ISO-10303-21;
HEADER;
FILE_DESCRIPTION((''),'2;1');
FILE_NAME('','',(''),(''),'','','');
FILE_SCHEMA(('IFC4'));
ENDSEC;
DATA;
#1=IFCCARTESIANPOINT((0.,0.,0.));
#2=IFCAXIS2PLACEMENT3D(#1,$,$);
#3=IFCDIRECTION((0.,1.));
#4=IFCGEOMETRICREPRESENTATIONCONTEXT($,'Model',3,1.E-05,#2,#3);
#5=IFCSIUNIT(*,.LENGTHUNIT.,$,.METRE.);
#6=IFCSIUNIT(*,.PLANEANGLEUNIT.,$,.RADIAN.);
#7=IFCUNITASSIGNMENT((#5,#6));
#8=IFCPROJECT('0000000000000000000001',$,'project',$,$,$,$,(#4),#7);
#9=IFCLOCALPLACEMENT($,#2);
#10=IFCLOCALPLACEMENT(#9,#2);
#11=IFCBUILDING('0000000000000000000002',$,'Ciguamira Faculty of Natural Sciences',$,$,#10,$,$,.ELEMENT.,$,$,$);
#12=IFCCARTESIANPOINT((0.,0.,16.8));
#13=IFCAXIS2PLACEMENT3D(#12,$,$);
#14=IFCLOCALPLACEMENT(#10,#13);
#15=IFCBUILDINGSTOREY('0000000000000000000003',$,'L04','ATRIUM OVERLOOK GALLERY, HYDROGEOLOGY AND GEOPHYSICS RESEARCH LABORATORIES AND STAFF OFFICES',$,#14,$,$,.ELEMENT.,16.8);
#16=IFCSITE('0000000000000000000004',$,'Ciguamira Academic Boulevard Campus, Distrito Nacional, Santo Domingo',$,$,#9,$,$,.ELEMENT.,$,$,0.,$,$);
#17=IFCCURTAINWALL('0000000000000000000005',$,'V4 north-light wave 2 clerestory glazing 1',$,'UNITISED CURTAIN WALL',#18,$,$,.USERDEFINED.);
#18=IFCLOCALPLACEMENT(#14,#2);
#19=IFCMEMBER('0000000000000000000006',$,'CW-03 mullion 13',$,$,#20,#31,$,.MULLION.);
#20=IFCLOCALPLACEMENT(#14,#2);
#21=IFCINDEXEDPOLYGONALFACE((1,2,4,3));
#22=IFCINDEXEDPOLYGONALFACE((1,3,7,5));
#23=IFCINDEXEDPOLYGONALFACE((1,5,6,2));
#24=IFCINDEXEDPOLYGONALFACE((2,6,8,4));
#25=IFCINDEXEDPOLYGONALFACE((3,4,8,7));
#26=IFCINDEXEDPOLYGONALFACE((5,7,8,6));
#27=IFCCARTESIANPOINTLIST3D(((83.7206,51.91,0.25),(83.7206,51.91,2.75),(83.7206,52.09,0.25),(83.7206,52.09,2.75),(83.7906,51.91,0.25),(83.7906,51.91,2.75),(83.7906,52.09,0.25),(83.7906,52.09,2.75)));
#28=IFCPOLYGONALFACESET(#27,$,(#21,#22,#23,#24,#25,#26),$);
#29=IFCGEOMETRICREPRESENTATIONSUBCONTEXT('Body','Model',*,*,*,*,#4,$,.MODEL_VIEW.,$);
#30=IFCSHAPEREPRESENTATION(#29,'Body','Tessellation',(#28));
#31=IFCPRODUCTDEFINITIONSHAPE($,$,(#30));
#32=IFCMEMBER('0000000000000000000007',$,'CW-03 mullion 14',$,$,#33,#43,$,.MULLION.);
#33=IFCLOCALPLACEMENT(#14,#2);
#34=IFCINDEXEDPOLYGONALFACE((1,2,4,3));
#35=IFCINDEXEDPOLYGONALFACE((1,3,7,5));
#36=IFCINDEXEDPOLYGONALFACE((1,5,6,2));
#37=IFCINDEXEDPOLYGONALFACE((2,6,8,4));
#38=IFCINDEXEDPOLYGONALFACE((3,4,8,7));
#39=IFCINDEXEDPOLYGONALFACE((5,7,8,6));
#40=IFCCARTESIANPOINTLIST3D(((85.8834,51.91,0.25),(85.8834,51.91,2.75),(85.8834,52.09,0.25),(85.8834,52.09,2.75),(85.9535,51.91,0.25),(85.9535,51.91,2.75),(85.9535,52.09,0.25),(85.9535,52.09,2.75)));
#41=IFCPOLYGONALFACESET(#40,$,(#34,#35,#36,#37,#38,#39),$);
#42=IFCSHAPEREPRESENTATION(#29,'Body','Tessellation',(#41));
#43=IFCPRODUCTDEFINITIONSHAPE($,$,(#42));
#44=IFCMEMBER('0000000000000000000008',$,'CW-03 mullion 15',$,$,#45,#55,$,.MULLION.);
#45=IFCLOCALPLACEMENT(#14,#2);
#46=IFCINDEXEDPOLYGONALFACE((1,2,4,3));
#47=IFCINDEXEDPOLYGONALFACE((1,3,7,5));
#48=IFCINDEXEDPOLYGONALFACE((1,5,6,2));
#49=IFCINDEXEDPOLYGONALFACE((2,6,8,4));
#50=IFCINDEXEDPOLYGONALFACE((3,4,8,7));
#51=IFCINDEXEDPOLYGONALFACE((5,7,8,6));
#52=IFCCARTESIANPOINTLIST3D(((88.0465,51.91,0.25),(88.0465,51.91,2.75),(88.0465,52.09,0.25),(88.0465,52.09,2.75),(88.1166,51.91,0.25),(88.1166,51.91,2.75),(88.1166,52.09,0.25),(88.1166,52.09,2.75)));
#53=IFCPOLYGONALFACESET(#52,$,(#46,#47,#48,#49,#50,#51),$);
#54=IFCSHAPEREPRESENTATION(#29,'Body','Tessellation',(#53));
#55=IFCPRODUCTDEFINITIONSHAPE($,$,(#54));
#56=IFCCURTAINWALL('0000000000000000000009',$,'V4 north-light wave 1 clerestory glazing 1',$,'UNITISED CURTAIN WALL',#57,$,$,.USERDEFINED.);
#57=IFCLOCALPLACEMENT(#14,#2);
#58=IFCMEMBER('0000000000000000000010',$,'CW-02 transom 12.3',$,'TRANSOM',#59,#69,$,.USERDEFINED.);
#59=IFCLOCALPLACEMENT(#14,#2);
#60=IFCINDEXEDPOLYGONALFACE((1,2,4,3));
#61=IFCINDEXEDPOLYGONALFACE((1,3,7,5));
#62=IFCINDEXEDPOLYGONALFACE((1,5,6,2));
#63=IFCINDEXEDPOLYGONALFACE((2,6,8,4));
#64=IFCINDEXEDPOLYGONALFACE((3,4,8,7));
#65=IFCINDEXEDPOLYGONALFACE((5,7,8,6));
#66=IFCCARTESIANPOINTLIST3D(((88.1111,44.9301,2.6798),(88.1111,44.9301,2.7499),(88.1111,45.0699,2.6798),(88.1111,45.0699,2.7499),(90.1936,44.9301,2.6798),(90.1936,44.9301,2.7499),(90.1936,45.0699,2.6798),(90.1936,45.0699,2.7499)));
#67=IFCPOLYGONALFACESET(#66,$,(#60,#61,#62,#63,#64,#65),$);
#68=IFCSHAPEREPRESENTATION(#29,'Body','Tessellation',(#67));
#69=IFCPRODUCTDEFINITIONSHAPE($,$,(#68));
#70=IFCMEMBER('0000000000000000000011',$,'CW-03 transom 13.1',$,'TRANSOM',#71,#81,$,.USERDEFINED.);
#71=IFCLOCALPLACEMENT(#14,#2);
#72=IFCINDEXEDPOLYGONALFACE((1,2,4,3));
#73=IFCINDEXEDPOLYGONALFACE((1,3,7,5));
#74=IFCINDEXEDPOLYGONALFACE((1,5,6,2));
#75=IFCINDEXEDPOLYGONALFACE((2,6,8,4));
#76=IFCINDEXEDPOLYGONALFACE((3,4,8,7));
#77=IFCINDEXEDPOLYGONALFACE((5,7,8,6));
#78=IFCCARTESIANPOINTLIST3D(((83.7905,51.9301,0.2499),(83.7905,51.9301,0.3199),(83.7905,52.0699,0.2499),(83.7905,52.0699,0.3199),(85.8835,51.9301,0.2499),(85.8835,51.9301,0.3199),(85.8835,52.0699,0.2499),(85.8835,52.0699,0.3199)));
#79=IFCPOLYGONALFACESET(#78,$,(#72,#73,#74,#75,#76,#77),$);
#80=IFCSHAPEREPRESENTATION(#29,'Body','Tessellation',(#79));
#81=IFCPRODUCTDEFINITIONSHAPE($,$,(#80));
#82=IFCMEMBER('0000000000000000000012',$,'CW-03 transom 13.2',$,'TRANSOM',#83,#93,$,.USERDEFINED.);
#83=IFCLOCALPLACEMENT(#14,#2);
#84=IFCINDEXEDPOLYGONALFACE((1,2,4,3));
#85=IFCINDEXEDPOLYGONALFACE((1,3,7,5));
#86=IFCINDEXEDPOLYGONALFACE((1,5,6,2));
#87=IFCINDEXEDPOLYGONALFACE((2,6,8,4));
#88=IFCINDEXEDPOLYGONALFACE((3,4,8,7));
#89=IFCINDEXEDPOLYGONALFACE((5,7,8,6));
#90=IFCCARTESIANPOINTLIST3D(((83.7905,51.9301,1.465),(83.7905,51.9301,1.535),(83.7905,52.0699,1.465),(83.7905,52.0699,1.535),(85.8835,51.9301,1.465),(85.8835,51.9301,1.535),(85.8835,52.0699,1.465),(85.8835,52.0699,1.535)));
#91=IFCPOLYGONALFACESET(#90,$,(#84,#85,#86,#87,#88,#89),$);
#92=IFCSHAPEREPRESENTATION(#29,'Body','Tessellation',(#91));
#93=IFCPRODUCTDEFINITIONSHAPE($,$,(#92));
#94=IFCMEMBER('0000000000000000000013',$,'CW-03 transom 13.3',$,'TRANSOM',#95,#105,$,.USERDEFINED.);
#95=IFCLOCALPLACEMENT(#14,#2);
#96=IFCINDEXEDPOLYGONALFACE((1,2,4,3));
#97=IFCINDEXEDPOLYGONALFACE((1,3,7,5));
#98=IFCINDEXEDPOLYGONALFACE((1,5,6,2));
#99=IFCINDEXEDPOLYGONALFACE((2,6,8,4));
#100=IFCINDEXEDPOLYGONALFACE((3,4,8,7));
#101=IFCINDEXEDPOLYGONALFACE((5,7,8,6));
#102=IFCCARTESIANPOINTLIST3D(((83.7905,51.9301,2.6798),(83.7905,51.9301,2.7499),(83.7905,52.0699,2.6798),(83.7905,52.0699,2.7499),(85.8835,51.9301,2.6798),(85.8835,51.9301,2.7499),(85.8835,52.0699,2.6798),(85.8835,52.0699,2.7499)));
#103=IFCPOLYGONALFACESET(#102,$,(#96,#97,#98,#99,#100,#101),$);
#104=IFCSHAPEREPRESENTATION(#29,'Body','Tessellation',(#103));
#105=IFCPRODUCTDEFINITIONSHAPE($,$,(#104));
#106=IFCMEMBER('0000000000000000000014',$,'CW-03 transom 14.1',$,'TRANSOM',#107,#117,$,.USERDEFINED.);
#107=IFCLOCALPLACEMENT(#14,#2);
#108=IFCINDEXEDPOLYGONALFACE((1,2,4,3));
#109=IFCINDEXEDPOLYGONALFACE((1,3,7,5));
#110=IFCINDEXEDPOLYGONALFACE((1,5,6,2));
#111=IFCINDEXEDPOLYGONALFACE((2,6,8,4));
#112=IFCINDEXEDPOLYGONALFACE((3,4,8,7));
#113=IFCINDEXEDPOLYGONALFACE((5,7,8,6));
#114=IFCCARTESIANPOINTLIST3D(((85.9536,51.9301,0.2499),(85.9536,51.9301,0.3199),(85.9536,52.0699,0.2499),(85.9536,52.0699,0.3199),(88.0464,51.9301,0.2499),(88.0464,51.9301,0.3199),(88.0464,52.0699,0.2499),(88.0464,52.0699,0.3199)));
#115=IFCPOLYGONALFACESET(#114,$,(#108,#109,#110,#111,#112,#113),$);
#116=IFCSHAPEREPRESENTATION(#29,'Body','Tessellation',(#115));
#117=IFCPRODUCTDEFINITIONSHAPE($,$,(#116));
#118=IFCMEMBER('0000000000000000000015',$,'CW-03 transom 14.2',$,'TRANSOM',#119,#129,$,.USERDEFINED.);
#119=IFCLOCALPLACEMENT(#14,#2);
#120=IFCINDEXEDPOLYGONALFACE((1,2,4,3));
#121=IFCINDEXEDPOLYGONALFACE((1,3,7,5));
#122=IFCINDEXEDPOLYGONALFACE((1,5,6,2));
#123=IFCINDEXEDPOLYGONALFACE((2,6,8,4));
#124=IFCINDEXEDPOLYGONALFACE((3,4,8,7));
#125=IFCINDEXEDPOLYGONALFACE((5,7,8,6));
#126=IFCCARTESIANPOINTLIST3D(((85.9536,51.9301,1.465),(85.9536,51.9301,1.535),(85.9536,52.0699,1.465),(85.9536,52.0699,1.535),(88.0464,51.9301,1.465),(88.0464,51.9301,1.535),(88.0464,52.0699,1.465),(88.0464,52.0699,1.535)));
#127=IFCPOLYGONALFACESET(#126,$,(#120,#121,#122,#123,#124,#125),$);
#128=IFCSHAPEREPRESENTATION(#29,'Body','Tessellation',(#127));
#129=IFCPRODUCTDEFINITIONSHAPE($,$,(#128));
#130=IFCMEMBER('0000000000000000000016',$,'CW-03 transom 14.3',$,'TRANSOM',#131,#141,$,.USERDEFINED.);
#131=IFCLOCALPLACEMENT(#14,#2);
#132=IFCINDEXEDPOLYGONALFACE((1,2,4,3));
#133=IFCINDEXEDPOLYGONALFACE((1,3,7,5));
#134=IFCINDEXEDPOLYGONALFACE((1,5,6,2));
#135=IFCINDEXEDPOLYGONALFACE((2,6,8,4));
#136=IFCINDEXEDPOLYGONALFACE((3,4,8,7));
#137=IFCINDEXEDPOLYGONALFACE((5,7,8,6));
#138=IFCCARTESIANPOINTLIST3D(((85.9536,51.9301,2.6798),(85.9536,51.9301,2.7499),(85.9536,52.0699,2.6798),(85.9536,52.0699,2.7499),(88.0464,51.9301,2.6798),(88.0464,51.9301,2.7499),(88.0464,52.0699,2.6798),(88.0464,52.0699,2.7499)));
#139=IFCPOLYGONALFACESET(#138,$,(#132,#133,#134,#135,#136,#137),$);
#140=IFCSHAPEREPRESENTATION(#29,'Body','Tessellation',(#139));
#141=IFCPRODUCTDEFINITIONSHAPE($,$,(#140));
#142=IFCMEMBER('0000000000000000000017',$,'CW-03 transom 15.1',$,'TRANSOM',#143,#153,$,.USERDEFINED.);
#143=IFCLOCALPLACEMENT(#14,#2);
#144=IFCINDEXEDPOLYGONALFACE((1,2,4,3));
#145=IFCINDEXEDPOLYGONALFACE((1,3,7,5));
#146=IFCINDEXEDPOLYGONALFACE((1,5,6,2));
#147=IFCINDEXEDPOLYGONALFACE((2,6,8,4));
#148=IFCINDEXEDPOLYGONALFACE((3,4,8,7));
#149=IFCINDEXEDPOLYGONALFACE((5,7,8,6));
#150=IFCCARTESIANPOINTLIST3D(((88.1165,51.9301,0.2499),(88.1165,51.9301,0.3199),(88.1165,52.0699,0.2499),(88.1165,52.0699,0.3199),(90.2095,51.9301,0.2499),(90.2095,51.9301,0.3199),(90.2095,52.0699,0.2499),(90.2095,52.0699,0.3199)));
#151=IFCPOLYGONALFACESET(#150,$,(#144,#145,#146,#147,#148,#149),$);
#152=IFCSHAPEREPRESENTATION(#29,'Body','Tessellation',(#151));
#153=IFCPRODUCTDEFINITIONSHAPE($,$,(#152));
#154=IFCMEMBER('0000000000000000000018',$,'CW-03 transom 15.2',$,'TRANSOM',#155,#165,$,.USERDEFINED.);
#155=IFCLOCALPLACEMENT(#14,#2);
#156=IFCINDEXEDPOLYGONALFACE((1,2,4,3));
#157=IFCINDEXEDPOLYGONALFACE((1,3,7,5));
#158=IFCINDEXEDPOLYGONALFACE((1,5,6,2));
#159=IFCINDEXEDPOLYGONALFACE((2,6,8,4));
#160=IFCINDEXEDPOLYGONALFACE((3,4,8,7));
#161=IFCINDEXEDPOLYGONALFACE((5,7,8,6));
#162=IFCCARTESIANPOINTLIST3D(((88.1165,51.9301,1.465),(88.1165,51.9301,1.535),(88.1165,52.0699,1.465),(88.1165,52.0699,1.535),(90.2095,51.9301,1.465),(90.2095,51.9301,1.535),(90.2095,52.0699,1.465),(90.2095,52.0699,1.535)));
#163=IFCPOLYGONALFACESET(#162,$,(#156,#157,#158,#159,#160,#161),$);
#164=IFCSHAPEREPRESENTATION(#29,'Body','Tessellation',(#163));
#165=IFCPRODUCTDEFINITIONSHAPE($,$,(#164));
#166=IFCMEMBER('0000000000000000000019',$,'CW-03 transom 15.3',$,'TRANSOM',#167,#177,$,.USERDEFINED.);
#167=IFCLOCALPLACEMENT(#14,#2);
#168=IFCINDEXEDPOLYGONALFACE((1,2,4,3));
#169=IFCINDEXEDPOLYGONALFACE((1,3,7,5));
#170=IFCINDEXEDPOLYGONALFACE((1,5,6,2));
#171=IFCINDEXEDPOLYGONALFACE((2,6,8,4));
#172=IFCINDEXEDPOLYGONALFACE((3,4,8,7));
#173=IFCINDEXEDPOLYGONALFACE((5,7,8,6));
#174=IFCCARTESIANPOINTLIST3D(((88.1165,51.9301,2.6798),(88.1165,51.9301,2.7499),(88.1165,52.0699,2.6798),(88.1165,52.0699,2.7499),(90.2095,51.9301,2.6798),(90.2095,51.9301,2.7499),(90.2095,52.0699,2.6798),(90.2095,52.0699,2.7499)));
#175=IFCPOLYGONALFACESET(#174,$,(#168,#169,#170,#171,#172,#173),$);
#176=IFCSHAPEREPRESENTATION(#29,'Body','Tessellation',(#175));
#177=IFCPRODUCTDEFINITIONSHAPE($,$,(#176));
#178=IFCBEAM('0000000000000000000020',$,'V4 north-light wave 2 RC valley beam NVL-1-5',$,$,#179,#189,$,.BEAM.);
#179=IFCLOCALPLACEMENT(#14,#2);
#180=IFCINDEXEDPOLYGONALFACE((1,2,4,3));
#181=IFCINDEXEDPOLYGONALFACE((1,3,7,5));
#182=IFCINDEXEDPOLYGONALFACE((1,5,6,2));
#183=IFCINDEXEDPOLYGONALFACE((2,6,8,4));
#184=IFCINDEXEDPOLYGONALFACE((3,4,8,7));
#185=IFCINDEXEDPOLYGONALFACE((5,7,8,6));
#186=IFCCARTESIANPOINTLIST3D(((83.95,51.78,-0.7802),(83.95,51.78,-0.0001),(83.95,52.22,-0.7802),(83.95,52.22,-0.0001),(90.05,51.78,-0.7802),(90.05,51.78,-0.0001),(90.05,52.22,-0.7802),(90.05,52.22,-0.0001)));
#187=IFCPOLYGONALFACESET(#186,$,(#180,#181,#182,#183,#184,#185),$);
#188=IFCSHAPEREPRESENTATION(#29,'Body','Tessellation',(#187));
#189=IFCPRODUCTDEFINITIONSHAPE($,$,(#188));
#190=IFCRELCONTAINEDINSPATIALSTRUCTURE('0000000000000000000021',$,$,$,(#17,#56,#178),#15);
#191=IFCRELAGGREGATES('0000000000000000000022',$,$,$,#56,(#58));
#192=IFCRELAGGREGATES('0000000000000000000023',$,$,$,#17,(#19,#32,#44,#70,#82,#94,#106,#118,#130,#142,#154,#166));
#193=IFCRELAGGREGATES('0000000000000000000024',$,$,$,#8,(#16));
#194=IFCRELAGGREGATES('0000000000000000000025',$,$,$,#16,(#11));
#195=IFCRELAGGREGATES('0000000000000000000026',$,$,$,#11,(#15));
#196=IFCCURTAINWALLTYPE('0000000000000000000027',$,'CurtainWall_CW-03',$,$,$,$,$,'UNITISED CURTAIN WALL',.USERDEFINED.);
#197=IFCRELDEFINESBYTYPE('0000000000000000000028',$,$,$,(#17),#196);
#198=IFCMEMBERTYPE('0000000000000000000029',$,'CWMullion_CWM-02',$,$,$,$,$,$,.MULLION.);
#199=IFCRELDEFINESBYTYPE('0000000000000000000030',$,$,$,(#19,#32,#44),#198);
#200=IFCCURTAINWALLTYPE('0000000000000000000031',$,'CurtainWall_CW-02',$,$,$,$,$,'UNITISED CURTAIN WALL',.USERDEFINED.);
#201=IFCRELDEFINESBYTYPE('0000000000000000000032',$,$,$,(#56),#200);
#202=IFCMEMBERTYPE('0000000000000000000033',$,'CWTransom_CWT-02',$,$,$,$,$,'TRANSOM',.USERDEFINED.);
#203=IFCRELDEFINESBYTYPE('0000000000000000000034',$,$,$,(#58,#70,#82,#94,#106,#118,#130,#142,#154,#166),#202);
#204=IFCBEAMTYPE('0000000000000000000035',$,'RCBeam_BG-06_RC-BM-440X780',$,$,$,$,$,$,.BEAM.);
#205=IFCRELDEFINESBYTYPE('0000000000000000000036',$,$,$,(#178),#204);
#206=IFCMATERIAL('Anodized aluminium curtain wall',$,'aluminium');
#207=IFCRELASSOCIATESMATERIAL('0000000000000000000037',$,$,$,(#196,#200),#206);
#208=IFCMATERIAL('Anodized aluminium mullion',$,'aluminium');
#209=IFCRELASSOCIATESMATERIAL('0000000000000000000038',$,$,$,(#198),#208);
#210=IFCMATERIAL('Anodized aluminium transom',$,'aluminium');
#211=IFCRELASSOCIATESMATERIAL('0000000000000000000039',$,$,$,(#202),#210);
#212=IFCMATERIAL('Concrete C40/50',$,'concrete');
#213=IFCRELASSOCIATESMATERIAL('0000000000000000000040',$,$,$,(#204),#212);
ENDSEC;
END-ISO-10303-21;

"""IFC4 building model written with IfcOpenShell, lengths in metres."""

from ifc_helpers import new_model, si_unit, direction, frame, origin, origin_2d, place, context, subcontext, project, spatial, rectangle, extrude, material, material_profile, profile_set, type_object, element, aggregate, save


model = new_model("IFC4")

# Units and contexts
model_context = context("Model", 3, precision=1e-05, world=origin(), true_north=direction((0.0, 1.0)))
body_context = subcontext(model_context, "Body", "Model", "MODEL_VIEW")
ifc_project = project(units=[si_unit("LENGTHUNIT", "METRE"), si_unit("PLANEANGLEUNIT", "RADIAN")], contexts=[model_context])

# Site, building, storey
site_placement = place(None, origin())
site = spatial("IfcSite", under=ifc_project, at=site_placement, Name="Ciguamira Academic Boulevard Campus, Distrito Nacional, Santo Domingo", CompositionType="ELEMENT", RefElevation=0.0)
building_placement = place(site_placement, origin())
building = spatial("IfcBuilding", under=site, at=building_placement, Name="Ciguamira Faculty of Natural Sciences", CompositionType="ELEMENT")
storey_placement = place(building_placement, frame((0.0, 0.0, 16.8)))
storey = spatial("IfcBuildingStorey", under=building, at=storey_placement, Name="L04", Description="ATRIUM OVERLOOK GALLERY, HYDROGEOLOGY AND GEOPHYSICS RESEARCH LABORATORIES AND STAFF OFFICES", CompositionType="ELEMENT", Elevation=16.8)

# Curtain wall, members
ifc_material_1 = material(Name="Anodized aluminium curtain wall", Category="aluminium")
curtain_wall_type_1 = type_object("IfcCurtainWallType", Name="CurtainWall_CW-03", ElementType="UNITISED CURTAIN WALL", PredefinedType="USERDEFINED", material=ifc_material_1)
curtain_wall_1_placement = place(storey_placement, origin())
curtain_wall_1 = element("IfcCurtainWall", 1, at=curtain_wall_1_placement, inside=storey, type_object=curtain_wall_type_1, Name="V4 north-light wave 2 clerestory glazing 1", ObjectType="UNITISED CURTAIN WALL", PredefinedType="USERDEFINED")
ifc_material_2 = material(Name="Anodized aluminium mullion", Category="aluminium")
ifc_material_profile_1 = material_profile(ifc_material_2, rectangle(XDim=0.0701, YDim=0.1799, at=origin_2d()), Name="ALU-MUL-70X180")
ifc_profile_set_1 = profile_set([ifc_material_profile_1], Name="Anodized aluminium mullion")
member_type_1 = type_object("IfcMemberType", Name="CWMullion_CWM-02", PredefinedType="MULLION", material=ifc_profile_set_1)
member_1_placement = place(storey_placement, frame((83.7556, 52.0, 0.25), z_axis=(0.0, 0.0, 1.0), x_axis=(1.0, 0.0, 0.0)))
member_1 = element("IfcMember", 2, at=member_1_placement, type_object=member_type_1, Name="CW-03 mullion 13", PredefinedType="MULLION", context=body_context, shape_type="SweptSolid", body=[
    extrude(rectangle(XDim=0.0701, YDim=0.1799, at=origin_2d()), origin(), (0.0, 0.0, 1.0), 2.5),
])
member_2_placement = place(storey_placement, frame((85.9185, 52.0, 0.25), z_axis=(0.0, 0.0, 1.0), x_axis=(1.0, 0.0, 0.0)))
member_2 = element("IfcMember", 3, at=member_2_placement, type_object=member_type_1, Name="CW-03 mullion 14", PredefinedType="MULLION", context=body_context, shape_type="SweptSolid", body=[
    extrude(rectangle(XDim=0.0701, YDim=0.1799, at=origin_2d()), origin(), (0.0, 0.0, 1.0), 2.5),
])
member_3_placement = place(storey_placement, frame((88.0815, 52.0, 0.25), z_axis=(0.0, 0.0, 1.0), x_axis=(1.0, 0.0, 0.0)))
member_3 = element("IfcMember", 4, at=member_3_placement, type_object=member_type_1, Name="CW-03 mullion 15", PredefinedType="MULLION", context=body_context, shape_type="SweptSolid", body=[
    extrude(rectangle(XDim=0.0701, YDim=0.1799, at=origin_2d()), origin(), (0.0, 0.0, 1.0), 2.5),
])

# Curtain wall, member
curtain_wall_type_2 = type_object("IfcCurtainWallType", Name="CurtainWall_CW-02", ElementType="UNITISED CURTAIN WALL", PredefinedType="USERDEFINED", material=ifc_material_1)
curtain_wall_2_placement = place(storey_placement, origin())
curtain_wall_2 = element("IfcCurtainWall", 5, at=curtain_wall_2_placement, inside=storey, type_object=curtain_wall_type_2, Name="V4 north-light wave 1 clerestory glazing 1", ObjectType="UNITISED CURTAIN WALL", PredefinedType="USERDEFINED")
ifc_material_3 = material(Name="Anodized aluminium transom", Category="aluminium")
ifc_material_profile_2 = material_profile(ifc_material_3, rectangle(XDim=0.0701, YDim=0.1399, at=origin_2d()), Name="ALU-TRN-70X140")
ifc_profile_set_2 = profile_set([ifc_material_profile_2], Name="Anodized aluminium transom")
member_type_2 = type_object("IfcMemberType", Name="CWTransom_CWT-02", ElementType="TRANSOM", PredefinedType="USERDEFINED", material=ifc_profile_set_2)
member_4_placement = place(storey_placement, frame((88.1111, 45.0, 2.7148), z_axis=(1.0, 0.0, 0.0), x_axis=(0.0, 0.0, 1.0)))
member_4 = element("IfcMember", 6, at=member_4_placement, type_object=member_type_2, Name="CW-02 transom 12.3", ObjectType="TRANSOM", PredefinedType="USERDEFINED", context=body_context, shape_type="SweptSolid", body=[
    extrude(rectangle(XDim=0.0701, YDim=0.1399, at=origin_2d()), origin(), (0.0, 0.0, 1.0), 2.0825),
])
aggregate(curtain_wall_2, [member_4])

# Members
member_5_placement = place(storey_placement, frame((83.7905, 52.0, 0.2849), z_axis=(1.0, 0.0, 0.0), x_axis=(0.0, 0.0, 1.0)))
member_5 = element("IfcMember", 7, at=member_5_placement, type_object=member_type_2, Name="CW-03 transom 13.1", ObjectType="TRANSOM", PredefinedType="USERDEFINED", context=body_context, shape_type="SweptSolid", body=[
    extrude(rectangle(XDim=0.0701, YDim=0.1399, at=origin_2d()), origin(), (0.0, 0.0, 1.0), 2.093),
])
member_6_placement = place(storey_placement, frame((83.7905, 52.0, 1.5), z_axis=(1.0, 0.0, 0.0), x_axis=(0.0, 0.0, 1.0)))
member_6 = element("IfcMember", 8, at=member_6_placement, type_object=member_type_2, Name="CW-03 transom 13.2", ObjectType="TRANSOM", PredefinedType="USERDEFINED", context=body_context, shape_type="SweptSolid", body=[
    extrude(rectangle(XDim=0.0701, YDim=0.1399, at=origin_2d()), origin(), (0.0, 0.0, 1.0), 2.093),
])
member_7_placement = place(storey_placement, frame((83.7905, 52.0, 2.7148), z_axis=(1.0, 0.0, 0.0), x_axis=(0.0, 0.0, 1.0)))
member_7 = element("IfcMember", 9, at=member_7_placement, type_object=member_type_2, Name="CW-03 transom 13.3", ObjectType="TRANSOM", PredefinedType="USERDEFINED", context=body_context, shape_type="SweptSolid", body=[
    extrude(rectangle(XDim=0.0701, YDim=0.1399, at=origin_2d()), origin(), (0.0, 0.0, 1.0), 2.093),
])
member_8_placement = place(storey_placement, frame((85.9536, 52.0, 0.2849), z_axis=(1.0, 0.0, 0.0), x_axis=(0.0, 0.0, 1.0)))
member_8 = element("IfcMember", 10, at=member_8_placement, type_object=member_type_2, Name="CW-03 transom 14.1", ObjectType="TRANSOM", PredefinedType="USERDEFINED", context=body_context, shape_type="SweptSolid", body=[
    extrude(rectangle(XDim=0.0701, YDim=0.1399, at=origin_2d()), origin(), (0.0, 0.0, 1.0), 2.0928),
])
member_9_placement = place(storey_placement, frame((85.9536, 52.0, 1.5), z_axis=(1.0, 0.0, 0.0), x_axis=(0.0, 0.0, 1.0)))
member_9 = element("IfcMember", 11, at=member_9_placement, type_object=member_type_2, Name="CW-03 transom 14.2", ObjectType="TRANSOM", PredefinedType="USERDEFINED", context=body_context, shape_type="SweptSolid", body=[
    extrude(rectangle(XDim=0.0701, YDim=0.1399, at=origin_2d()), origin(), (0.0, 0.0, 1.0), 2.0928),
])
member_10_placement = place(storey_placement, frame((85.9536, 52.0, 2.7148), z_axis=(1.0, 0.0, 0.0), x_axis=(0.0, 0.0, 1.0)))
member_10 = element("IfcMember", 12, at=member_10_placement, type_object=member_type_2, Name="CW-03 transom 14.3", ObjectType="TRANSOM", PredefinedType="USERDEFINED", context=body_context, shape_type="SweptSolid", body=[
    extrude(rectangle(XDim=0.0701, YDim=0.1399, at=origin_2d()), origin(), (0.0, 0.0, 1.0), 2.0928),
])
member_11_placement = place(storey_placement, frame((88.1165, 52.0, 0.2849), z_axis=(1.0, 0.0, 0.0), x_axis=(0.0, 0.0, 1.0)))
member_11 = element("IfcMember", 13, at=member_11_placement, type_object=member_type_2, Name="CW-03 transom 15.1", ObjectType="TRANSOM", PredefinedType="USERDEFINED", context=body_context, shape_type="SweptSolid", body=[
    extrude(rectangle(XDim=0.0701, YDim=0.1399, at=origin_2d()), origin(), (0.0, 0.0, 1.0), 2.093),
])
member_12_placement = place(storey_placement, frame((88.1165, 52.0, 1.5), z_axis=(1.0, 0.0, 0.0), x_axis=(0.0, 0.0, 1.0)))
member_12 = element("IfcMember", 14, at=member_12_placement, type_object=member_type_2, Name="CW-03 transom 15.2", ObjectType="TRANSOM", PredefinedType="USERDEFINED", context=body_context, shape_type="SweptSolid", body=[
    extrude(rectangle(XDim=0.0701, YDim=0.1399, at=origin_2d()), origin(), (0.0, 0.0, 1.0), 2.093),
])
member_13_placement = place(storey_placement, frame((88.1165, 52.0, 2.7148), z_axis=(1.0, 0.0, 0.0), x_axis=(0.0, 0.0, 1.0)))
member_13 = element("IfcMember", 15, at=member_13_placement, type_object=member_type_2, Name="CW-03 transom 15.3", ObjectType="TRANSOM", PredefinedType="USERDEFINED", context=body_context, shape_type="SweptSolid", body=[
    extrude(rectangle(XDim=0.0701, YDim=0.1399, at=origin_2d()), origin(), (0.0, 0.0, 1.0), 2.093),
])

# Beam
ifc_material_4 = material(Name="Concrete C40/50", Category="concrete")
ifc_material_profile_3 = material_profile(ifc_material_4, rectangle(XDim=0.4399, YDim=0.78, at=origin_2d()), Name="RC-BM-440X780")
ifc_profile_set_3 = profile_set([ifc_material_profile_3], Name="Concrete C40/50")
beam_type = type_object("IfcBeamType", Name="RCBeam_BG-06_RC-BM-440X780", PredefinedType="BEAM", material=ifc_profile_set_3)
beam_placement = place(storey_placement, frame((83.95, 52.0, -0.3901), z_axis=(1.0, 0.0, 0.0), x_axis=(0.0, 1.0, 0.0)))
element("IfcBeam", 16, at=beam_placement, inside=storey, type_object=beam_type, Name="V4 north-light wave 2 RC valley beam NVL-1-5", PredefinedType="BEAM", context=body_context, shape_type="SweptSolid", body=[
    extrude(rectangle(XDim=0.4399, YDim=0.78, at=origin_2d()), origin(), (0.0, 0.0, 1.0), 6.1001),
])

aggregate(curtain_wall_1, [member_1, member_2, member_3, member_5, member_6, member_7, member_8, member_9, member_10, member_11, member_12, member_13])

save(model, "model.ifc")
